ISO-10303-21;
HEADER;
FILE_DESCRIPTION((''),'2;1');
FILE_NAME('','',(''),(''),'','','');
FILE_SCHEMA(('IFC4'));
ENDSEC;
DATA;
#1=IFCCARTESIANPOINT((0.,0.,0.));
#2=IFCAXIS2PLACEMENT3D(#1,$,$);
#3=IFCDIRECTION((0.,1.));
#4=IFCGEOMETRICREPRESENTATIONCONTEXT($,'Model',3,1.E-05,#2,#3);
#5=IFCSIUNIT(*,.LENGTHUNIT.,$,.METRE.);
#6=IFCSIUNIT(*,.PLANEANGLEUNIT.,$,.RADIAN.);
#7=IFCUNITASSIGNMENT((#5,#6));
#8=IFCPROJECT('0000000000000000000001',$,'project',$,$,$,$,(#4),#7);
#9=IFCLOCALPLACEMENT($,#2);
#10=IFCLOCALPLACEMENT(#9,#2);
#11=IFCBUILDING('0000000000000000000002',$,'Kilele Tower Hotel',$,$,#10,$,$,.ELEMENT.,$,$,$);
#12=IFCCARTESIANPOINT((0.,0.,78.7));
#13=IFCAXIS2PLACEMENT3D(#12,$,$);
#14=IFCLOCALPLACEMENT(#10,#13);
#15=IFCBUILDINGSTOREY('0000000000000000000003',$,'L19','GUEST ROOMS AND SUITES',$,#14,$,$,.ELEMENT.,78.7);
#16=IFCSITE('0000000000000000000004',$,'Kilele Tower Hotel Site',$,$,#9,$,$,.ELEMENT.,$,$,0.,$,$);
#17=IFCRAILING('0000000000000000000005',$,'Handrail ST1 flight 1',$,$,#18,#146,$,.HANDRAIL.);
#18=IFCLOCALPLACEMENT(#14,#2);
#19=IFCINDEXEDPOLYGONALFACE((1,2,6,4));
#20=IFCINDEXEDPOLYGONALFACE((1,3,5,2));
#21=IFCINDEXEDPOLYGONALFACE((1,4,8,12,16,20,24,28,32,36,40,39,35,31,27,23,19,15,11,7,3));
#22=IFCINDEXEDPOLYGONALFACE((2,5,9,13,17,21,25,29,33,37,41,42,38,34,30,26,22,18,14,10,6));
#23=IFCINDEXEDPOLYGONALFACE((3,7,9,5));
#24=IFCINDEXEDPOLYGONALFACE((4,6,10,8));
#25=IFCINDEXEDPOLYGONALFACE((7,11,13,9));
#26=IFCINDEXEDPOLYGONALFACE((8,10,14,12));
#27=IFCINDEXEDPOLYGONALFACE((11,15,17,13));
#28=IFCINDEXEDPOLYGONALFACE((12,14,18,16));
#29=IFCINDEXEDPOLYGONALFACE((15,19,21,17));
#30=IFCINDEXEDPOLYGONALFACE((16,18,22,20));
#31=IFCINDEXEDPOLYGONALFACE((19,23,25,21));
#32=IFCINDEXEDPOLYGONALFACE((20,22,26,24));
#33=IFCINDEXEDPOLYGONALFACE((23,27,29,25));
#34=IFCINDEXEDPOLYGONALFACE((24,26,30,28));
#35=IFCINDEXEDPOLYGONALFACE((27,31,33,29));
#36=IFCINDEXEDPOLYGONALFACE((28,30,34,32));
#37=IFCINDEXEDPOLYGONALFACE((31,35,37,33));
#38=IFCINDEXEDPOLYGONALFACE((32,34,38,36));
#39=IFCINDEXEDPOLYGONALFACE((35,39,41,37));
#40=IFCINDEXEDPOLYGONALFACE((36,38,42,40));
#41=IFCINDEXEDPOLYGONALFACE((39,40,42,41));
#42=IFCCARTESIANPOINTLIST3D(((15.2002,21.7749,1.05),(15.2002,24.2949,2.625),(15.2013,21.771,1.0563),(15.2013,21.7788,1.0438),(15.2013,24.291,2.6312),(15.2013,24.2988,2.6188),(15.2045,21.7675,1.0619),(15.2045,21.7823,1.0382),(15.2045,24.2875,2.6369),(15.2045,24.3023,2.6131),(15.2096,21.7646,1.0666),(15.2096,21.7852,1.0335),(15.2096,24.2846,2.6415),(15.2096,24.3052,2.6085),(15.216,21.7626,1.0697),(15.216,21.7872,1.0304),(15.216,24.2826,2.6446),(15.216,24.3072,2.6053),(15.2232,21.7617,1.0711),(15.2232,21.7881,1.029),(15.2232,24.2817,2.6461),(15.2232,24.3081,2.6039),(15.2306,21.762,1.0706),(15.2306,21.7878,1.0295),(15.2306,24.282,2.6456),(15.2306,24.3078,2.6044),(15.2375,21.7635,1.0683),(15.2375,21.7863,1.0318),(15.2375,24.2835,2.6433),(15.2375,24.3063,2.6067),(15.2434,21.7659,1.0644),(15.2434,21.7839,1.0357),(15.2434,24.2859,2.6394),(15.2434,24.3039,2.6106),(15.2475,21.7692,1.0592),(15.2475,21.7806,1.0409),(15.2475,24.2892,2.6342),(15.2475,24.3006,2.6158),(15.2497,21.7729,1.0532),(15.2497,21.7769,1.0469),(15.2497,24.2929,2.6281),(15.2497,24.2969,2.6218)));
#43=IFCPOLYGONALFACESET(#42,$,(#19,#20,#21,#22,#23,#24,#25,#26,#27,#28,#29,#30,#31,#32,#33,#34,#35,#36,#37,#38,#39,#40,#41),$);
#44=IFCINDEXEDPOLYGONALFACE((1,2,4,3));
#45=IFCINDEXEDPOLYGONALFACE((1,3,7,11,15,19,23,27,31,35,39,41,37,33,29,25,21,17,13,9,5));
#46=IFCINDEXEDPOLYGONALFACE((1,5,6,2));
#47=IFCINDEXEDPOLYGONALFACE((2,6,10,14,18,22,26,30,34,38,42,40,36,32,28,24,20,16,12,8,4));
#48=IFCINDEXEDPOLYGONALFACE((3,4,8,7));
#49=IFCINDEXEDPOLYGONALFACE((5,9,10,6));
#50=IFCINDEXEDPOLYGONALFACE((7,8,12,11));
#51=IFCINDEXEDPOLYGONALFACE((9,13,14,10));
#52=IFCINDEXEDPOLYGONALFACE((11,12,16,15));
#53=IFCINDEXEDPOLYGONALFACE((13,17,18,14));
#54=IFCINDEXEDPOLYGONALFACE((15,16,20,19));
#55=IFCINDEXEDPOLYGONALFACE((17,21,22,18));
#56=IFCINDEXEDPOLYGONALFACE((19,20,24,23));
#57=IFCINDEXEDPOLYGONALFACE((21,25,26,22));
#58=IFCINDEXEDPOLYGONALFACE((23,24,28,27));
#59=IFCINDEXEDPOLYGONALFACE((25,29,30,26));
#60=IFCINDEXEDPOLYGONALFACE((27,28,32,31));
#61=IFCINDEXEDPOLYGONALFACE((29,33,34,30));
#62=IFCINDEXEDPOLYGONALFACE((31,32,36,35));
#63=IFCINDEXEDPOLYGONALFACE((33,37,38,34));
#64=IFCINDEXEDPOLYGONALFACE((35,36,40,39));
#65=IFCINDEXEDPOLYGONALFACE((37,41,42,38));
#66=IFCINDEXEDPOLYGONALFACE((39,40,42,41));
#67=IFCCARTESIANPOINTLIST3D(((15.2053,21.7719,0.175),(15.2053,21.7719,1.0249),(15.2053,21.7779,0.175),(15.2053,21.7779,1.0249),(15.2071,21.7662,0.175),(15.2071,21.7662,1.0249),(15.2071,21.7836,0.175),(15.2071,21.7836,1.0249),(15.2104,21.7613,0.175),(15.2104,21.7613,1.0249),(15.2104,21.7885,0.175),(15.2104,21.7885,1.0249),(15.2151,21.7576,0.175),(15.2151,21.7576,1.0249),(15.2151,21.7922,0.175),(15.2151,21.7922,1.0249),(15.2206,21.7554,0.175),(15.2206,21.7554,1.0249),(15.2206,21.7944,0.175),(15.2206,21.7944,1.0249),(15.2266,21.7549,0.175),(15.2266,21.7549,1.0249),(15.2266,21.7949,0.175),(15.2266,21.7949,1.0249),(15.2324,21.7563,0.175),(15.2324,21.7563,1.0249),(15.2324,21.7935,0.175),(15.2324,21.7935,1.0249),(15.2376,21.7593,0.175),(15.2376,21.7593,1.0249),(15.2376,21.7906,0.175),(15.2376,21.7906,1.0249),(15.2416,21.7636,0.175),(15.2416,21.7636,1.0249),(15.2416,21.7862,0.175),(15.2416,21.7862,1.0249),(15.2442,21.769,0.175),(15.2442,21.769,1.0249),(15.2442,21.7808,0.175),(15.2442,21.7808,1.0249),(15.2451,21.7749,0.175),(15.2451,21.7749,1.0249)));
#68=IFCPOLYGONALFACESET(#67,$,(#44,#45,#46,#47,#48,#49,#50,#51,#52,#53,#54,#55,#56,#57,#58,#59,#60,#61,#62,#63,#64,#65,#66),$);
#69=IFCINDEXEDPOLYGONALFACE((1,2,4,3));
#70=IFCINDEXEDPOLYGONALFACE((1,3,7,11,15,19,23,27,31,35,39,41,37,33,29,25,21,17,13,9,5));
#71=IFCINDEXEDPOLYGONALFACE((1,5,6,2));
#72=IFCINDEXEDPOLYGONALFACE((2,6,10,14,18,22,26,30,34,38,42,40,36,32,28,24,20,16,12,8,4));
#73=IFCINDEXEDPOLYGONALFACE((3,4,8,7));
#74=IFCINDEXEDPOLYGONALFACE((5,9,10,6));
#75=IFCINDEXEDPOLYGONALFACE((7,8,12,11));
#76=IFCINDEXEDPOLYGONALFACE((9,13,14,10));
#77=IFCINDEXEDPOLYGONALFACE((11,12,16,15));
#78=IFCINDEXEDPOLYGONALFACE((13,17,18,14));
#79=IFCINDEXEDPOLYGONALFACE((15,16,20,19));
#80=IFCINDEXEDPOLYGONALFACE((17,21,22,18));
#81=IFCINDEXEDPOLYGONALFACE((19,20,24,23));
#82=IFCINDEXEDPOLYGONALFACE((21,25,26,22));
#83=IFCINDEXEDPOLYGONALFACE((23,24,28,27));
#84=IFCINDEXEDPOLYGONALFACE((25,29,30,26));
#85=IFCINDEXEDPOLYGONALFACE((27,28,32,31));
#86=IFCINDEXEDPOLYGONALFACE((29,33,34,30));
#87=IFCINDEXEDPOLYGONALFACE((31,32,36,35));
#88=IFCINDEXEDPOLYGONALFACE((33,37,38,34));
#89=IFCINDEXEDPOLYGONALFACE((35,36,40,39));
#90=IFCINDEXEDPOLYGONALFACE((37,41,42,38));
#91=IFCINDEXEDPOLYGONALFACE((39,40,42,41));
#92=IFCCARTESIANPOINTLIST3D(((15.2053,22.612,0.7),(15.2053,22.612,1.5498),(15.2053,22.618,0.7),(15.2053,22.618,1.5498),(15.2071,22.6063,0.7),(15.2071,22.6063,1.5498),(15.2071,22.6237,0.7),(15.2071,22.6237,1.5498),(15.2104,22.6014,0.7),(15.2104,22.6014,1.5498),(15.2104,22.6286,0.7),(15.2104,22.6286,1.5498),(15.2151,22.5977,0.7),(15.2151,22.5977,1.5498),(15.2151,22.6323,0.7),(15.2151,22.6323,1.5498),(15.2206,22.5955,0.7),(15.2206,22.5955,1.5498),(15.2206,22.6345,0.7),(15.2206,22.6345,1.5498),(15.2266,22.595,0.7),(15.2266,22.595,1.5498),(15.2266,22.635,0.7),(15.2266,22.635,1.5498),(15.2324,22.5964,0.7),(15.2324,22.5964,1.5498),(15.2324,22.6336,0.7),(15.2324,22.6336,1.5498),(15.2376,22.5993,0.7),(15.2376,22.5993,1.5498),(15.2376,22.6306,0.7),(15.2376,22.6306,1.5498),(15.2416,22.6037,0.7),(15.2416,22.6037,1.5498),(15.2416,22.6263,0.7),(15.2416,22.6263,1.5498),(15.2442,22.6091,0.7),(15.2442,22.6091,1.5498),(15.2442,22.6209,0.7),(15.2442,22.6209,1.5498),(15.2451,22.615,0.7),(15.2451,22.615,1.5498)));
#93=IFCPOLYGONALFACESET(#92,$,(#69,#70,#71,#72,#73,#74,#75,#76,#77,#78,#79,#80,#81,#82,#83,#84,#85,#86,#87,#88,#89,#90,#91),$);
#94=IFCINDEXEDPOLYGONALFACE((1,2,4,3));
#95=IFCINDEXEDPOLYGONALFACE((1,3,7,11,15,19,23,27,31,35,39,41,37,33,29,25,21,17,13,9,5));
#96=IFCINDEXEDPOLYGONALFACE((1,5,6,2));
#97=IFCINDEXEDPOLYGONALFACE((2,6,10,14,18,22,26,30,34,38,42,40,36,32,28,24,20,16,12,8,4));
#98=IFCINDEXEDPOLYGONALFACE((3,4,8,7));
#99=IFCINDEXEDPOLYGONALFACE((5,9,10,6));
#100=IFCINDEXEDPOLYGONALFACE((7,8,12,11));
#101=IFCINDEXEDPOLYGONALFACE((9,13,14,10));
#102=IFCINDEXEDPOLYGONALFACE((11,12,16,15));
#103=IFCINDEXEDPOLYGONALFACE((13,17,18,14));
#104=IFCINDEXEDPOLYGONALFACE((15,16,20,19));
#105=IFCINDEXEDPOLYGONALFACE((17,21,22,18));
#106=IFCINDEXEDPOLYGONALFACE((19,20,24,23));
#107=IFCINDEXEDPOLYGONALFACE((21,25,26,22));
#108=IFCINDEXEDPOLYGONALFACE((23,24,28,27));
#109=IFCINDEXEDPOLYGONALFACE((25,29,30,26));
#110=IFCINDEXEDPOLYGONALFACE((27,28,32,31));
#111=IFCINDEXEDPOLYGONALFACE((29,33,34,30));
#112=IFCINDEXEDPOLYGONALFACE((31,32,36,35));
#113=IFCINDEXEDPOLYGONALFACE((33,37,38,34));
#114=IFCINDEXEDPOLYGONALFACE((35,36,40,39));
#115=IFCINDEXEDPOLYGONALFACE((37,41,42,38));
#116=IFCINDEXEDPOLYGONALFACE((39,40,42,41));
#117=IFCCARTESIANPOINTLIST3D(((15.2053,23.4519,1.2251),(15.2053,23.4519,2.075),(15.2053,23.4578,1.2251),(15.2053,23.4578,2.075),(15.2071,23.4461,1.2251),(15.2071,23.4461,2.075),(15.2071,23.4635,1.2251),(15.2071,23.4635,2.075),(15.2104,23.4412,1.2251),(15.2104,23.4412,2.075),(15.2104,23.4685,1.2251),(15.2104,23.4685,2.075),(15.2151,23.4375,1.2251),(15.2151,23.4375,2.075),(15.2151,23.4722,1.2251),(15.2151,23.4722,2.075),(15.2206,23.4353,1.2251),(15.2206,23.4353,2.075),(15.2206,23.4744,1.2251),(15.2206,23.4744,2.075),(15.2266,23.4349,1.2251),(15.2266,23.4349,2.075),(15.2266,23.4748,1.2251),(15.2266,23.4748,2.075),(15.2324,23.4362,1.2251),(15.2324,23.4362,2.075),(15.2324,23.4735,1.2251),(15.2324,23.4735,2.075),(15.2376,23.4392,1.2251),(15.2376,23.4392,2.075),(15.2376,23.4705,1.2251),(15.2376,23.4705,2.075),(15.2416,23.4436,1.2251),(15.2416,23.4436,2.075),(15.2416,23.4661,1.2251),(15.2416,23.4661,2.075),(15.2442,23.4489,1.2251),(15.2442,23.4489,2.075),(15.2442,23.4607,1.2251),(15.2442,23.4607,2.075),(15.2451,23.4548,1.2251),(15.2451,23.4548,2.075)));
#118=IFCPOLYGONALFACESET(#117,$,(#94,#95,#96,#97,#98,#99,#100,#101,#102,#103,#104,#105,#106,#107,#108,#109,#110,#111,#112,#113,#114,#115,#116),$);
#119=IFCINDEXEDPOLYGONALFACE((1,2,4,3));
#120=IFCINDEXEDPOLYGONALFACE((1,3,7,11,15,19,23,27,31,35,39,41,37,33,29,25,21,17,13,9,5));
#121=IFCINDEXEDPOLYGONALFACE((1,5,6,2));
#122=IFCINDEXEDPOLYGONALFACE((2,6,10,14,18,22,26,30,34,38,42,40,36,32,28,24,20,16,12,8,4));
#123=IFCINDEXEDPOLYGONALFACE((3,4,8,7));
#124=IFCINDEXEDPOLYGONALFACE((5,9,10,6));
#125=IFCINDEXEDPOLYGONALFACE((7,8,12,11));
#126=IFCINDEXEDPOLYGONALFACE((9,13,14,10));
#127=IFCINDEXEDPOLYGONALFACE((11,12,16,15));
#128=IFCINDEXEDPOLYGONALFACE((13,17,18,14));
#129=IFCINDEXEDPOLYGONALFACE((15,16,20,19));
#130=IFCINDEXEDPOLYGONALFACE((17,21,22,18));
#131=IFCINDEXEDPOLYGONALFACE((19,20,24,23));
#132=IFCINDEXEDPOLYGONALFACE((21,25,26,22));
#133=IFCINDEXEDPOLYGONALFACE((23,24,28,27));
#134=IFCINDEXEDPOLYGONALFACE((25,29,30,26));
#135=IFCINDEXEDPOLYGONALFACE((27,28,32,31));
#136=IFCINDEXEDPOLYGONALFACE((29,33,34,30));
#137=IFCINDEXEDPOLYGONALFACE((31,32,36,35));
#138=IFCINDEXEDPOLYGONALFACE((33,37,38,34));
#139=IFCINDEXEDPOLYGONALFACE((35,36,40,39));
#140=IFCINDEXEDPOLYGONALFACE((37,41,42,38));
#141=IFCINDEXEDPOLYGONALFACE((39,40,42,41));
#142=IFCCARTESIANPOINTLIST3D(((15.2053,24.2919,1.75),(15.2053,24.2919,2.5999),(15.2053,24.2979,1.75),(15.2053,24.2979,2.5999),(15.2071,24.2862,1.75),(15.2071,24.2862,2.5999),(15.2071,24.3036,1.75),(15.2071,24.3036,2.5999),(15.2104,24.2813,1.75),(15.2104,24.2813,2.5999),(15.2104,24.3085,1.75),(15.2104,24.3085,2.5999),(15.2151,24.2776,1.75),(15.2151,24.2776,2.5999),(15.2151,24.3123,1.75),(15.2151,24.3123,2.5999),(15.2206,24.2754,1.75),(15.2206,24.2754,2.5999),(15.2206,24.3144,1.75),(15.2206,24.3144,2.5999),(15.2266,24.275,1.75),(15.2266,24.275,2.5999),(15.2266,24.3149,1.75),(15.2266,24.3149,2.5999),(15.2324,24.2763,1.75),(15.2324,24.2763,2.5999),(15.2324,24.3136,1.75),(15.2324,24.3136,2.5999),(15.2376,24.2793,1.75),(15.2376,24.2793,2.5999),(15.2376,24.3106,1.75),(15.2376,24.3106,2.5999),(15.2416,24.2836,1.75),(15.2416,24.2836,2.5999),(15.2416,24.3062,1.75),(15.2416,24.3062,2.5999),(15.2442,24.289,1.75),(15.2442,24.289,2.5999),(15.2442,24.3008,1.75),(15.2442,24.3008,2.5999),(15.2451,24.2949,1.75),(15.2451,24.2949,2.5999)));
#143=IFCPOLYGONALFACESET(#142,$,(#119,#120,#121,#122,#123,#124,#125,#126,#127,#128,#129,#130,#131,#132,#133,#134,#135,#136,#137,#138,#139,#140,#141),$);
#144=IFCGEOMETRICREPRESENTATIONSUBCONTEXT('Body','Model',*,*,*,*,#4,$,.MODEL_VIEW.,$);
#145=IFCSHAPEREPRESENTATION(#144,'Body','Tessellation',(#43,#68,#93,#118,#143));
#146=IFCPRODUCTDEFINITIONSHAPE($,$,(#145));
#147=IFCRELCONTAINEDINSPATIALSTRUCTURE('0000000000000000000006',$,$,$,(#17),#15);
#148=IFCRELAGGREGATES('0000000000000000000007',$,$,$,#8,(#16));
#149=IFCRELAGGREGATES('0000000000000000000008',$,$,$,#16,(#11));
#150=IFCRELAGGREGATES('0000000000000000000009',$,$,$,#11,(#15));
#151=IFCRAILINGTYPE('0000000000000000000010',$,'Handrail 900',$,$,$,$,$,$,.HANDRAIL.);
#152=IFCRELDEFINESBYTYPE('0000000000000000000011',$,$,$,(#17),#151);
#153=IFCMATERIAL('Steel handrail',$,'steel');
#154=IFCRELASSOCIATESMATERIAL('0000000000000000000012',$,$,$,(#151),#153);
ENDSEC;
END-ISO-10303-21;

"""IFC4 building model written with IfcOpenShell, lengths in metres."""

from ifc_helpers import new_model, si_unit, direction, frame, origin, origin_2d, place, context, subcontext, project, spatial, circle, extrude, material, type_object, element, save


model = new_model("IFC4")

# Units and contexts
model_context = context("Model", 3, precision=1e-05, world=origin(), true_north=direction((0.0, 1.0)))
body_context = subcontext(model_context, "Body", "Model", "MODEL_VIEW")
ifc_project = project(units=[si_unit("LENGTHUNIT", "METRE"), si_unit("PLANEANGLEUNIT", "RADIAN")], contexts=[model_context])

# Site, building, storey
site_placement = place(None, origin())
site = spatial("IfcSite", under=ifc_project, at=site_placement, Name="Kilele Tower Hotel Site", CompositionType="ELEMENT", RefElevation=0.0)
building_placement = place(site_placement, origin())
building = spatial("IfcBuilding", under=site, at=building_placement, Name="Kilele Tower Hotel", CompositionType="ELEMENT")
storey_placement = place(building_placement, frame((0.0, 0.0, 78.7)))
storey = spatial("IfcBuildingStorey", under=building, at=storey_placement, Name="L19", Description="GUEST ROOMS AND SUITES", CompositionType="ELEMENT", Elevation=78.7)

# Railing
ifc_material_1 = material(Name="Steel handrail", Category="steel")
railing_type_1 = type_object("IfcRailingType", Name="Handrail 900", PredefinedType="HANDRAIL", material=ifc_material_1)
for number, where, name in (
    (1, (15.2251, 21.7749, 0.175), "Handrail ST1 flight 1"),
):
    element("IfcRailing", number, at=place(storey_placement, frame(where)), inside=storey, type_object=railing_type_1, Name=name, PredefinedType="HANDRAIL", context=body_context, shape_type="SweptSolid", body=[
        extrude(circle(Radius=0.0249, at=origin_2d()), frame((0.0, 0.0, 0.875), z_axis=(0.0, 0.848008, 0.529984), x_axis=(-1.0, 0.0, 0.0)), (0.0, 0.0, 1.0), 2.9717),
        extrude(circle(Radius=0.02, at=origin_2d()), origin(), (0.0, 0.0, 1.0), 0.8499),
        extrude(circle(Radius=0.02, at=origin_2d()), frame((0.0, 0.8401, 0.5249)), (0.0, 0.0, 1.0), 0.8499),
        extrude(circle(Radius=0.02, at=origin_2d()), frame((0.0, 1.6799, 1.05)), (0.0, 0.0, 1.0), 0.8499),
        extrude(circle(Radius=0.02, at=origin_2d()), frame((0.0, 2.52, 1.575)), (0.0, 0.0, 1.0), 0.8499),
    ])

save(model, "model.ifc")
